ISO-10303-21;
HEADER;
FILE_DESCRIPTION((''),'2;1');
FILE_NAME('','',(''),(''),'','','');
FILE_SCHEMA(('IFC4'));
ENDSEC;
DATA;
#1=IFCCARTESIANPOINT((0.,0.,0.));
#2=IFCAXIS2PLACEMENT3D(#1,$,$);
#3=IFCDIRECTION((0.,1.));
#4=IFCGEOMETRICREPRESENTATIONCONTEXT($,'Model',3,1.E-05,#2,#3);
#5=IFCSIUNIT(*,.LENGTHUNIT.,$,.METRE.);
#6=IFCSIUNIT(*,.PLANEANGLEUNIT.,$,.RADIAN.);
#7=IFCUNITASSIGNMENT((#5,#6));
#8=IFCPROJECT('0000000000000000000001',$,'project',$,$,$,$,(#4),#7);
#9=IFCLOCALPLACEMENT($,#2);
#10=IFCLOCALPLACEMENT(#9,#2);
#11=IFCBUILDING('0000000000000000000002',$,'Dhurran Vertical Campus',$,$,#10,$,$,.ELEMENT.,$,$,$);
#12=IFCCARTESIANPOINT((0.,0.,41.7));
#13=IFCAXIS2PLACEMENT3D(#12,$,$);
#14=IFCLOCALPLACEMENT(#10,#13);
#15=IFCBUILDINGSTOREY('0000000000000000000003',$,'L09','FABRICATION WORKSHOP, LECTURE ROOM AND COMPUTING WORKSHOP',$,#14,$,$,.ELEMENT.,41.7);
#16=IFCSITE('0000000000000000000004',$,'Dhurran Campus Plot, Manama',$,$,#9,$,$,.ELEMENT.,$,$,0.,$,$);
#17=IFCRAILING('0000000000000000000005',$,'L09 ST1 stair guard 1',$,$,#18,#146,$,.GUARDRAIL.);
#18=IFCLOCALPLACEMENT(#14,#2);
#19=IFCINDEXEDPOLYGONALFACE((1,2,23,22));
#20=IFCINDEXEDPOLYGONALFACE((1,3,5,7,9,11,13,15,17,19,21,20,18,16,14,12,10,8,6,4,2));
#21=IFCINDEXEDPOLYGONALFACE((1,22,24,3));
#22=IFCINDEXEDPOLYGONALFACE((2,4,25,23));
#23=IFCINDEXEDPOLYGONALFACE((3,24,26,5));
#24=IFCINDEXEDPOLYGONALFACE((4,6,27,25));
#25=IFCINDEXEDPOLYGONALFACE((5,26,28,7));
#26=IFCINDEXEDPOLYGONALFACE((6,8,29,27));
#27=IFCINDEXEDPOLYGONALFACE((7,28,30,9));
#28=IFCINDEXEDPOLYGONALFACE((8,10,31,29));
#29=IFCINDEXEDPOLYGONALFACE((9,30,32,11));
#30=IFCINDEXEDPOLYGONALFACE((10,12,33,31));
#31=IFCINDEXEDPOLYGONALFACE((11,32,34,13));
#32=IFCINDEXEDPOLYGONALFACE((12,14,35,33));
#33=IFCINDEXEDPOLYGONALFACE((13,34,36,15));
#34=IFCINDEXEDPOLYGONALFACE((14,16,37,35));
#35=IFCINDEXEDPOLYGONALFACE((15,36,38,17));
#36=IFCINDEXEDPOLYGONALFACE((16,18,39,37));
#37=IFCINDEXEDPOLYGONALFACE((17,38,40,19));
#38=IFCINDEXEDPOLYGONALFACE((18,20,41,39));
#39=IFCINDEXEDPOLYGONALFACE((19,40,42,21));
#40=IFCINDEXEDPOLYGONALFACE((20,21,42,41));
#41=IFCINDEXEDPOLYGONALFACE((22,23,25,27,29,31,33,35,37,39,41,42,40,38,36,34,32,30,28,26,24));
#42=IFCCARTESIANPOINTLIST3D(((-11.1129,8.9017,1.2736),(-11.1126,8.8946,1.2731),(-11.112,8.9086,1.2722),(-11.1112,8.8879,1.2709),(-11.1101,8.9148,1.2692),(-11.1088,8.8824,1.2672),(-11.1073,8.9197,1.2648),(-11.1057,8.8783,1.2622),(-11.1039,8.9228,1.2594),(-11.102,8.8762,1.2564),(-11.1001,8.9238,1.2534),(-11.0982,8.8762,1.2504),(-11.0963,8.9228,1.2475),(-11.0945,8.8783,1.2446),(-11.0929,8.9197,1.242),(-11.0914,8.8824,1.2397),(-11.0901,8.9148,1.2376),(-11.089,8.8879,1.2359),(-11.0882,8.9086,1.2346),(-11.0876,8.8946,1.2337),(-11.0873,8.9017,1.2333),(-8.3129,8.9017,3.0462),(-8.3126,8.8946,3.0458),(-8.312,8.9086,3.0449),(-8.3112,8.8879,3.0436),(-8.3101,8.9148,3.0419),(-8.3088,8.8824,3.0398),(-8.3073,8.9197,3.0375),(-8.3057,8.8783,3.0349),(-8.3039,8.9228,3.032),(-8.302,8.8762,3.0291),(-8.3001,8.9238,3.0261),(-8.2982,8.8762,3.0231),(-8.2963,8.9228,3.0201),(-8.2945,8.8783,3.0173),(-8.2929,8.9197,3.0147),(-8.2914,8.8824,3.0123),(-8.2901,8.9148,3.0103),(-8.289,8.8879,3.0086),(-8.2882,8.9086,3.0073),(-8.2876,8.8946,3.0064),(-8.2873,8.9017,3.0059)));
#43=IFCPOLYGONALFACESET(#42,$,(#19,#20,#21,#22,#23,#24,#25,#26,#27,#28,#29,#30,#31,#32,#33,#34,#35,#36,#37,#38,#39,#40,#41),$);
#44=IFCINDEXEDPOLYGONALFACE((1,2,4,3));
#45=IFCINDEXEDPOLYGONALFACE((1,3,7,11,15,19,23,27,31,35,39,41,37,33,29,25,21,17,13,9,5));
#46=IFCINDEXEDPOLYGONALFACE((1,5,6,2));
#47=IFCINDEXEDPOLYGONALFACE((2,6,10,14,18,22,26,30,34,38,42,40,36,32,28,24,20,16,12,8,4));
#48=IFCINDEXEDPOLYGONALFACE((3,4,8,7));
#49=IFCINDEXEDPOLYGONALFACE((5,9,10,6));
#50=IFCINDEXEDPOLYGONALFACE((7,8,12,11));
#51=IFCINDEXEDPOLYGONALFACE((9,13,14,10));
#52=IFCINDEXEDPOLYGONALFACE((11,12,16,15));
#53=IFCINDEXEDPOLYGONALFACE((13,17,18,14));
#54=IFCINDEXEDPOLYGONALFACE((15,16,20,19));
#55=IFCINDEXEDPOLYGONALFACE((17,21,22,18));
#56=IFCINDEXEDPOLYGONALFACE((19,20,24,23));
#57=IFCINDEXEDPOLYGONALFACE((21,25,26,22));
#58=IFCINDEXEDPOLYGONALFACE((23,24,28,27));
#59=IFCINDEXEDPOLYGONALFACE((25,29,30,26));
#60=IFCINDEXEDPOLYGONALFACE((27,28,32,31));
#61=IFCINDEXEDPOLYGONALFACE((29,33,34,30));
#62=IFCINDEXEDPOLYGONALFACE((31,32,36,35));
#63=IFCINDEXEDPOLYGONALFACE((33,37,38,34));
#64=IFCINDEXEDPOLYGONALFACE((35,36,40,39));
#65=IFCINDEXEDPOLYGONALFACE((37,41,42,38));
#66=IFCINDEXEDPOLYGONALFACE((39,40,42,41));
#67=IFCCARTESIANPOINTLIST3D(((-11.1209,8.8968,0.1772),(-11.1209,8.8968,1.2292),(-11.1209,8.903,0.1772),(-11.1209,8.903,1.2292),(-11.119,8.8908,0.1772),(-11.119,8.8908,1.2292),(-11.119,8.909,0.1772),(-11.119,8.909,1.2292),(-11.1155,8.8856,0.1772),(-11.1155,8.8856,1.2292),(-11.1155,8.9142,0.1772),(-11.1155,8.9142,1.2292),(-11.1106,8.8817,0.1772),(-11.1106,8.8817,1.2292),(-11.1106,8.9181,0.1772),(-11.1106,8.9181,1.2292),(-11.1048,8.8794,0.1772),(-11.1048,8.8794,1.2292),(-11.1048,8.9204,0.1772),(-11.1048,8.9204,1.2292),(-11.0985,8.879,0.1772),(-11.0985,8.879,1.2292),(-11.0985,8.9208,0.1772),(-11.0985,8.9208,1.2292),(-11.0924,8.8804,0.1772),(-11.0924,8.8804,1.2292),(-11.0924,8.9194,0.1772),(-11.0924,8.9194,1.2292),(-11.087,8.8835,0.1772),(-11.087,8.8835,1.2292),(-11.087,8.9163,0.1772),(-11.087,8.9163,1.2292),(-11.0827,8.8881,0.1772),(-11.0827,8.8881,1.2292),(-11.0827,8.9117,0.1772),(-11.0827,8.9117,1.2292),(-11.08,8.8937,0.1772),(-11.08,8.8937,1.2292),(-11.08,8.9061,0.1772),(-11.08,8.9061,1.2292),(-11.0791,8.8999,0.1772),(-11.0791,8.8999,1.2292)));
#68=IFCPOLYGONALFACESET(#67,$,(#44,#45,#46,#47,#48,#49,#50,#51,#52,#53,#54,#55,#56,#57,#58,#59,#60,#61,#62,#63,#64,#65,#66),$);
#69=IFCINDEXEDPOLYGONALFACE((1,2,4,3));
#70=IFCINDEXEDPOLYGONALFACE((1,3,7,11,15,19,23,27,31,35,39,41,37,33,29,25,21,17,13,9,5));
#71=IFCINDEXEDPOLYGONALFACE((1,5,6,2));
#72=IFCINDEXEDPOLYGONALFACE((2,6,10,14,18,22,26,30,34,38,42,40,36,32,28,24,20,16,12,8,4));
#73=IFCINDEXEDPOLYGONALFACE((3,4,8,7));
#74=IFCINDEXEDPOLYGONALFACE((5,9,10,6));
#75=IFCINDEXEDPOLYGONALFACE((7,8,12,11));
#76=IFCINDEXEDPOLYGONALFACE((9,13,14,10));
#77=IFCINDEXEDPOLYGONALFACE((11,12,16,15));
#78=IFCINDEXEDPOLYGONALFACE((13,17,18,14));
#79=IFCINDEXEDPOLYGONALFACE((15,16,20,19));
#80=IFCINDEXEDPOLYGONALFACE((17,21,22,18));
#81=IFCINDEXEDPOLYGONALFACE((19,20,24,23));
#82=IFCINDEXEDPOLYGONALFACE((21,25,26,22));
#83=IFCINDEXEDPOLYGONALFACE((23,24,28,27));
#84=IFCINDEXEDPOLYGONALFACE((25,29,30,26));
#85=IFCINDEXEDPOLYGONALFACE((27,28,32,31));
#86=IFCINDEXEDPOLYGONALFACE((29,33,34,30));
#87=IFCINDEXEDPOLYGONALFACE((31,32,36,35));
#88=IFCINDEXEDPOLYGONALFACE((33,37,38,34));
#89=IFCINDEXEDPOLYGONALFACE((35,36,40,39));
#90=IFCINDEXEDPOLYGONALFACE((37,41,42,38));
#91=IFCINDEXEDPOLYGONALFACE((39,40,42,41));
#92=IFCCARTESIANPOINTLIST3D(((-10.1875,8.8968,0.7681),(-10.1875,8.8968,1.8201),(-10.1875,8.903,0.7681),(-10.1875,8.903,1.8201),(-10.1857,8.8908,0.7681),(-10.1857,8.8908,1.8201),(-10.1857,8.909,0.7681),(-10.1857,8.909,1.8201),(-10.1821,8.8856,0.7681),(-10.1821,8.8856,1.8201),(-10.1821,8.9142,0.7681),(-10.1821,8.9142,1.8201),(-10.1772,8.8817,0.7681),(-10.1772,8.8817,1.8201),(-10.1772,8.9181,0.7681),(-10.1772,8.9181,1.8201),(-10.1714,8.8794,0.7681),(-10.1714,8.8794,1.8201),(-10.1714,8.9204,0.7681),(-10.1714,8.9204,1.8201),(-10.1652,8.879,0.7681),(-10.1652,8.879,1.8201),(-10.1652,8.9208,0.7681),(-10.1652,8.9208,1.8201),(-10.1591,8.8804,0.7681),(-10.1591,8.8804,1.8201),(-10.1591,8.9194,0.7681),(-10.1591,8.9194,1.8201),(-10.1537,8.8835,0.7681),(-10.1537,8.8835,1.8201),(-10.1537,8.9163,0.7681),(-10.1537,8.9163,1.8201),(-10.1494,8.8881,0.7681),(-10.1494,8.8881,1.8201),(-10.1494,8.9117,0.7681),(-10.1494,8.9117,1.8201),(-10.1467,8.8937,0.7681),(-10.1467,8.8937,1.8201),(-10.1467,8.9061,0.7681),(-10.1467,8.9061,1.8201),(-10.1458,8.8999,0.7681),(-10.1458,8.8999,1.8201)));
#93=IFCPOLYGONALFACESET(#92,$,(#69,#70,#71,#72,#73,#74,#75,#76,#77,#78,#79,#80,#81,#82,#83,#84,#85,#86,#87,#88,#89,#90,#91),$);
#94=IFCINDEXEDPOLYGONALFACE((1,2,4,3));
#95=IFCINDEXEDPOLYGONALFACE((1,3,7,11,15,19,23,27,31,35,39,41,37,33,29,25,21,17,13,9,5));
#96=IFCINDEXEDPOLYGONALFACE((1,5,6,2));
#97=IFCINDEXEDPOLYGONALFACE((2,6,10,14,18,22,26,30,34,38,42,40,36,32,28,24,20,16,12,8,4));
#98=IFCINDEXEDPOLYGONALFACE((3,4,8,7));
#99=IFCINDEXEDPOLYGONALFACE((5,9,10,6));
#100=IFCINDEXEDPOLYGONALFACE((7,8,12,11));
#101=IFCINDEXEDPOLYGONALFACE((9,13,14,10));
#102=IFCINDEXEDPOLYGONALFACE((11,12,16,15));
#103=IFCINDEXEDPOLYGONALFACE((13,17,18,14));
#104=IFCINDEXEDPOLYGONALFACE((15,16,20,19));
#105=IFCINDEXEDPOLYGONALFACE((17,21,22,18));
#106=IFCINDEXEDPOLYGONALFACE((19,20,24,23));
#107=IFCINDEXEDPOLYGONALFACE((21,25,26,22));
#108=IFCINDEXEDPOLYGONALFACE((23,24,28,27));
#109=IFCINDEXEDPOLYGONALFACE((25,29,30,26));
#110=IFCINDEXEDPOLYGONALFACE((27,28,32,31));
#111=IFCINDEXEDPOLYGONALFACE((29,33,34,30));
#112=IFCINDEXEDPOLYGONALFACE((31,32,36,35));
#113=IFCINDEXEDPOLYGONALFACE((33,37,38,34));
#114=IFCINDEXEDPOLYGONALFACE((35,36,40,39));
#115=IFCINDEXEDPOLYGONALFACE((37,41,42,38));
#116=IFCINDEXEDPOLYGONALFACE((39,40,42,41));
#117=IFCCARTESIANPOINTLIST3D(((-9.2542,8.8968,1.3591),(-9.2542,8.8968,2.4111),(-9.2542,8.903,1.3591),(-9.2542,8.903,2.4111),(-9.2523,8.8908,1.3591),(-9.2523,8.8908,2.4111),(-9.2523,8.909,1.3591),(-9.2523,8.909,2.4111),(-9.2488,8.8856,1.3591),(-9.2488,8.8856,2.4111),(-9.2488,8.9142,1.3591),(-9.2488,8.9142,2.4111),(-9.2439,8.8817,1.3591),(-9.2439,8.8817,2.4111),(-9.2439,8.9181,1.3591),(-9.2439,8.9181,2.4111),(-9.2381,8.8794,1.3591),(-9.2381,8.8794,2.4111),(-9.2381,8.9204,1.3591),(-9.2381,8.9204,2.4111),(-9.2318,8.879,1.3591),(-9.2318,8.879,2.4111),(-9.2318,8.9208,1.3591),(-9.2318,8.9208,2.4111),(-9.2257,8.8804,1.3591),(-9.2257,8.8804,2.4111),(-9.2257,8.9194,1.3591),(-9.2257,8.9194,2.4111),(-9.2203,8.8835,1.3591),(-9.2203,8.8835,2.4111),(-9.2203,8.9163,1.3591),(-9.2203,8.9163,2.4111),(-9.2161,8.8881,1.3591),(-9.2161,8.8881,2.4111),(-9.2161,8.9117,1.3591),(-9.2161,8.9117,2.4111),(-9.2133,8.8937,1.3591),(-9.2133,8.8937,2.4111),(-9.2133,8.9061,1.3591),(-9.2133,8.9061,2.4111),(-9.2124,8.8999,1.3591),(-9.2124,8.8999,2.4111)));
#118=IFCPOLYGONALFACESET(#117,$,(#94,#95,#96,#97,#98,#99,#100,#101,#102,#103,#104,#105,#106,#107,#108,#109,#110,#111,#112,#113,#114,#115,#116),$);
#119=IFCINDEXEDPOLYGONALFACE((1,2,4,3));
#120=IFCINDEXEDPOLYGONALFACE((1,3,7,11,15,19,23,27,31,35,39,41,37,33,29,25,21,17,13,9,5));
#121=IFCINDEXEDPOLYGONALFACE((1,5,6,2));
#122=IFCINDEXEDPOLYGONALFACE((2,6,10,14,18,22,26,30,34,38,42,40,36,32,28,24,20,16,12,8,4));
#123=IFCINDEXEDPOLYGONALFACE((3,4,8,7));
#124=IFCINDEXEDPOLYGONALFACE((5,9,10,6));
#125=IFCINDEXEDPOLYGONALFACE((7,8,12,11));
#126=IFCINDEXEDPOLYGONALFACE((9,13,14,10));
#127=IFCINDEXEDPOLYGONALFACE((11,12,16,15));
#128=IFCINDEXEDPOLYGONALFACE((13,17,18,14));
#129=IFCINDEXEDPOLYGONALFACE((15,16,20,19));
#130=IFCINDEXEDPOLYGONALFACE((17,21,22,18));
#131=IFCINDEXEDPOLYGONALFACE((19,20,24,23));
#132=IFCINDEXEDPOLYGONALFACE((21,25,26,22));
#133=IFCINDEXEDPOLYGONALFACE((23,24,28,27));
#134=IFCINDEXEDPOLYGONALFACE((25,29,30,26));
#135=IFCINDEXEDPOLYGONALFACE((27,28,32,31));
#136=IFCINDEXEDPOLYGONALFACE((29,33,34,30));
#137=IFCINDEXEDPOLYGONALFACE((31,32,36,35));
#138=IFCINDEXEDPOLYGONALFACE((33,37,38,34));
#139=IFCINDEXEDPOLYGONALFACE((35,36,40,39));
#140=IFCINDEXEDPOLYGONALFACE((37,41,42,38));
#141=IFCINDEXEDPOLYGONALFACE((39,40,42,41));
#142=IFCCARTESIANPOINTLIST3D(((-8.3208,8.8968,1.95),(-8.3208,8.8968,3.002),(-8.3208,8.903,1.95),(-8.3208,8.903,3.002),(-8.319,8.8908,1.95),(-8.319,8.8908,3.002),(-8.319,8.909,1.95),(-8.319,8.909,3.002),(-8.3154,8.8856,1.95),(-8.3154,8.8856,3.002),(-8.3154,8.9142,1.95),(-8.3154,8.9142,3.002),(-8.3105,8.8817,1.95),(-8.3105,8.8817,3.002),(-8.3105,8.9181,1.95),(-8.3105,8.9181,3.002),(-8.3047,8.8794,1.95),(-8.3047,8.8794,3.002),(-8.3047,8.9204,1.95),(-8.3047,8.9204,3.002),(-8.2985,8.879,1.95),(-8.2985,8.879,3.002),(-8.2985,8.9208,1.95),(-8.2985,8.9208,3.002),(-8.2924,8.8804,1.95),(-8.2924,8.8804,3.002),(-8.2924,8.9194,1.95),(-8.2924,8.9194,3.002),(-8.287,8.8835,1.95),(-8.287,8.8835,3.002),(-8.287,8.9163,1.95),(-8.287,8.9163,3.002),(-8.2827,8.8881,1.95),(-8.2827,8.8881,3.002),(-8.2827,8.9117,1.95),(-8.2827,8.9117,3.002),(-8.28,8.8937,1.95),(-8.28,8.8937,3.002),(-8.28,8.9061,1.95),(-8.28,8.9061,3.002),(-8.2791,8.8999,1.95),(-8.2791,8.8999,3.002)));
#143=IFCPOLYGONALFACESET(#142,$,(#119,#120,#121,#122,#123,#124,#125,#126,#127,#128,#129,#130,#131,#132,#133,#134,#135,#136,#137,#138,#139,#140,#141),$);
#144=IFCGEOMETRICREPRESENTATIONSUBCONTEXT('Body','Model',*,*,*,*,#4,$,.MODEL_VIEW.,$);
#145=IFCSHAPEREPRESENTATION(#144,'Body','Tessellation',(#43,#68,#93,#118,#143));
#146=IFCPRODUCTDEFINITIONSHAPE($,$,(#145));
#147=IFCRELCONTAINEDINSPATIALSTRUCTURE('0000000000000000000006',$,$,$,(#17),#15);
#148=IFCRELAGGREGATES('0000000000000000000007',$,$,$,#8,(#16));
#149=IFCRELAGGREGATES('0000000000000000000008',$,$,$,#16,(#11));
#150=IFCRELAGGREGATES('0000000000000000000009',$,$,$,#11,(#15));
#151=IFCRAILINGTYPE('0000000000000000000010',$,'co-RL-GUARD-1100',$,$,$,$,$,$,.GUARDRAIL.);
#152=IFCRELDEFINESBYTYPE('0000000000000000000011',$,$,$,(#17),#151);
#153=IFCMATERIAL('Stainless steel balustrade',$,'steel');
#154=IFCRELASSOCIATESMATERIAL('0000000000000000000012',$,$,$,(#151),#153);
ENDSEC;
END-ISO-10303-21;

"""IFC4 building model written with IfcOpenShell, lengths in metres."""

from ifc_helpers import new_model, si_unit, direction, frame, origin, origin_2d, place, context, subcontext, project, spatial, circle, extrude, material, type_object, element, save


model = new_model("IFC4")

# Units and contexts
model_context = context("Model", 3, precision=1e-05, world=origin(), true_north=direction((0.0, 1.0)))
body_context = subcontext(model_context, "Body", "Model", "MODEL_VIEW")
ifc_project = project(units=[si_unit("LENGTHUNIT", "METRE"), si_unit("PLANEANGLEUNIT", "RADIAN")], contexts=[model_context])

# Site, building, storey
site_placement = place(None, origin())
site = spatial("IfcSite", under=ifc_project, at=site_placement, Name="Dhurran Campus Plot, Manama", CompositionType="ELEMENT", RefElevation=0.0)
building_placement = place(site_placement, origin())
building = spatial("IfcBuilding", under=site, at=building_placement, Name="Dhurran Vertical Campus", CompositionType="ELEMENT")
storey_placement = place(building_placement, frame((0.0, 0.0, 41.7)))
storey = spatial("IfcBuildingStorey", under=building, at=storey_placement, Name="L09", Description="FABRICATION WORKSHOP, LECTURE ROOM AND COMPUTING WORKSHOP", CompositionType="ELEMENT", Elevation=41.7)

# Railing
ifc_material_1 = material(Name="Stainless steel balustrade", Category="steel")
railing_type_1 = type_object("IfcRailingType", Name="co-RL-GUARD-1100", PredefinedType="GUARDRAIL", material=ifc_material_1)
railing_1_placement = place(storey_placement, frame((-11.1001, 8.8999, 0.1772)))
element("IfcRailing", 1, at=railing_1_placement, inside=storey, type_object=railing_type_1, Name="L09 ST1 stair guard 1", PredefinedType="GUARDRAIL", context=body_context, shape_type="SweptSolid", body=[
    extrude(circle(Radius=0.0239, at=origin_2d()), frame((0.0, 0.0, 1.0762), z_axis=(0.844909, 0.0, 0.53491), x_axis=(0.0, 1.0, 0.0)), (0.0, 0.0, 1.0), 3.314),
    extrude(circle(Radius=0.021, at=origin_2d()), origin(), (0.0, 0.0, 1.0), 1.052),
    extrude(circle(Radius=0.021, at=origin_2d()), frame((0.9333, 0.0, 0.5908)), (0.0, 0.0, 1.0), 1.052),
    extrude(circle(Radius=0.021, at=origin_2d()), frame((1.8667, 0.0, 1.1819)), (0.0, 0.0, 1.0), 1.052),
    extrude(circle(Radius=0.021, at=origin_2d()), frame((2.8, 0.0, 1.7727)), (0.0, 0.0, 1.0), 1.052),
])

save(model, "model.ifc")
